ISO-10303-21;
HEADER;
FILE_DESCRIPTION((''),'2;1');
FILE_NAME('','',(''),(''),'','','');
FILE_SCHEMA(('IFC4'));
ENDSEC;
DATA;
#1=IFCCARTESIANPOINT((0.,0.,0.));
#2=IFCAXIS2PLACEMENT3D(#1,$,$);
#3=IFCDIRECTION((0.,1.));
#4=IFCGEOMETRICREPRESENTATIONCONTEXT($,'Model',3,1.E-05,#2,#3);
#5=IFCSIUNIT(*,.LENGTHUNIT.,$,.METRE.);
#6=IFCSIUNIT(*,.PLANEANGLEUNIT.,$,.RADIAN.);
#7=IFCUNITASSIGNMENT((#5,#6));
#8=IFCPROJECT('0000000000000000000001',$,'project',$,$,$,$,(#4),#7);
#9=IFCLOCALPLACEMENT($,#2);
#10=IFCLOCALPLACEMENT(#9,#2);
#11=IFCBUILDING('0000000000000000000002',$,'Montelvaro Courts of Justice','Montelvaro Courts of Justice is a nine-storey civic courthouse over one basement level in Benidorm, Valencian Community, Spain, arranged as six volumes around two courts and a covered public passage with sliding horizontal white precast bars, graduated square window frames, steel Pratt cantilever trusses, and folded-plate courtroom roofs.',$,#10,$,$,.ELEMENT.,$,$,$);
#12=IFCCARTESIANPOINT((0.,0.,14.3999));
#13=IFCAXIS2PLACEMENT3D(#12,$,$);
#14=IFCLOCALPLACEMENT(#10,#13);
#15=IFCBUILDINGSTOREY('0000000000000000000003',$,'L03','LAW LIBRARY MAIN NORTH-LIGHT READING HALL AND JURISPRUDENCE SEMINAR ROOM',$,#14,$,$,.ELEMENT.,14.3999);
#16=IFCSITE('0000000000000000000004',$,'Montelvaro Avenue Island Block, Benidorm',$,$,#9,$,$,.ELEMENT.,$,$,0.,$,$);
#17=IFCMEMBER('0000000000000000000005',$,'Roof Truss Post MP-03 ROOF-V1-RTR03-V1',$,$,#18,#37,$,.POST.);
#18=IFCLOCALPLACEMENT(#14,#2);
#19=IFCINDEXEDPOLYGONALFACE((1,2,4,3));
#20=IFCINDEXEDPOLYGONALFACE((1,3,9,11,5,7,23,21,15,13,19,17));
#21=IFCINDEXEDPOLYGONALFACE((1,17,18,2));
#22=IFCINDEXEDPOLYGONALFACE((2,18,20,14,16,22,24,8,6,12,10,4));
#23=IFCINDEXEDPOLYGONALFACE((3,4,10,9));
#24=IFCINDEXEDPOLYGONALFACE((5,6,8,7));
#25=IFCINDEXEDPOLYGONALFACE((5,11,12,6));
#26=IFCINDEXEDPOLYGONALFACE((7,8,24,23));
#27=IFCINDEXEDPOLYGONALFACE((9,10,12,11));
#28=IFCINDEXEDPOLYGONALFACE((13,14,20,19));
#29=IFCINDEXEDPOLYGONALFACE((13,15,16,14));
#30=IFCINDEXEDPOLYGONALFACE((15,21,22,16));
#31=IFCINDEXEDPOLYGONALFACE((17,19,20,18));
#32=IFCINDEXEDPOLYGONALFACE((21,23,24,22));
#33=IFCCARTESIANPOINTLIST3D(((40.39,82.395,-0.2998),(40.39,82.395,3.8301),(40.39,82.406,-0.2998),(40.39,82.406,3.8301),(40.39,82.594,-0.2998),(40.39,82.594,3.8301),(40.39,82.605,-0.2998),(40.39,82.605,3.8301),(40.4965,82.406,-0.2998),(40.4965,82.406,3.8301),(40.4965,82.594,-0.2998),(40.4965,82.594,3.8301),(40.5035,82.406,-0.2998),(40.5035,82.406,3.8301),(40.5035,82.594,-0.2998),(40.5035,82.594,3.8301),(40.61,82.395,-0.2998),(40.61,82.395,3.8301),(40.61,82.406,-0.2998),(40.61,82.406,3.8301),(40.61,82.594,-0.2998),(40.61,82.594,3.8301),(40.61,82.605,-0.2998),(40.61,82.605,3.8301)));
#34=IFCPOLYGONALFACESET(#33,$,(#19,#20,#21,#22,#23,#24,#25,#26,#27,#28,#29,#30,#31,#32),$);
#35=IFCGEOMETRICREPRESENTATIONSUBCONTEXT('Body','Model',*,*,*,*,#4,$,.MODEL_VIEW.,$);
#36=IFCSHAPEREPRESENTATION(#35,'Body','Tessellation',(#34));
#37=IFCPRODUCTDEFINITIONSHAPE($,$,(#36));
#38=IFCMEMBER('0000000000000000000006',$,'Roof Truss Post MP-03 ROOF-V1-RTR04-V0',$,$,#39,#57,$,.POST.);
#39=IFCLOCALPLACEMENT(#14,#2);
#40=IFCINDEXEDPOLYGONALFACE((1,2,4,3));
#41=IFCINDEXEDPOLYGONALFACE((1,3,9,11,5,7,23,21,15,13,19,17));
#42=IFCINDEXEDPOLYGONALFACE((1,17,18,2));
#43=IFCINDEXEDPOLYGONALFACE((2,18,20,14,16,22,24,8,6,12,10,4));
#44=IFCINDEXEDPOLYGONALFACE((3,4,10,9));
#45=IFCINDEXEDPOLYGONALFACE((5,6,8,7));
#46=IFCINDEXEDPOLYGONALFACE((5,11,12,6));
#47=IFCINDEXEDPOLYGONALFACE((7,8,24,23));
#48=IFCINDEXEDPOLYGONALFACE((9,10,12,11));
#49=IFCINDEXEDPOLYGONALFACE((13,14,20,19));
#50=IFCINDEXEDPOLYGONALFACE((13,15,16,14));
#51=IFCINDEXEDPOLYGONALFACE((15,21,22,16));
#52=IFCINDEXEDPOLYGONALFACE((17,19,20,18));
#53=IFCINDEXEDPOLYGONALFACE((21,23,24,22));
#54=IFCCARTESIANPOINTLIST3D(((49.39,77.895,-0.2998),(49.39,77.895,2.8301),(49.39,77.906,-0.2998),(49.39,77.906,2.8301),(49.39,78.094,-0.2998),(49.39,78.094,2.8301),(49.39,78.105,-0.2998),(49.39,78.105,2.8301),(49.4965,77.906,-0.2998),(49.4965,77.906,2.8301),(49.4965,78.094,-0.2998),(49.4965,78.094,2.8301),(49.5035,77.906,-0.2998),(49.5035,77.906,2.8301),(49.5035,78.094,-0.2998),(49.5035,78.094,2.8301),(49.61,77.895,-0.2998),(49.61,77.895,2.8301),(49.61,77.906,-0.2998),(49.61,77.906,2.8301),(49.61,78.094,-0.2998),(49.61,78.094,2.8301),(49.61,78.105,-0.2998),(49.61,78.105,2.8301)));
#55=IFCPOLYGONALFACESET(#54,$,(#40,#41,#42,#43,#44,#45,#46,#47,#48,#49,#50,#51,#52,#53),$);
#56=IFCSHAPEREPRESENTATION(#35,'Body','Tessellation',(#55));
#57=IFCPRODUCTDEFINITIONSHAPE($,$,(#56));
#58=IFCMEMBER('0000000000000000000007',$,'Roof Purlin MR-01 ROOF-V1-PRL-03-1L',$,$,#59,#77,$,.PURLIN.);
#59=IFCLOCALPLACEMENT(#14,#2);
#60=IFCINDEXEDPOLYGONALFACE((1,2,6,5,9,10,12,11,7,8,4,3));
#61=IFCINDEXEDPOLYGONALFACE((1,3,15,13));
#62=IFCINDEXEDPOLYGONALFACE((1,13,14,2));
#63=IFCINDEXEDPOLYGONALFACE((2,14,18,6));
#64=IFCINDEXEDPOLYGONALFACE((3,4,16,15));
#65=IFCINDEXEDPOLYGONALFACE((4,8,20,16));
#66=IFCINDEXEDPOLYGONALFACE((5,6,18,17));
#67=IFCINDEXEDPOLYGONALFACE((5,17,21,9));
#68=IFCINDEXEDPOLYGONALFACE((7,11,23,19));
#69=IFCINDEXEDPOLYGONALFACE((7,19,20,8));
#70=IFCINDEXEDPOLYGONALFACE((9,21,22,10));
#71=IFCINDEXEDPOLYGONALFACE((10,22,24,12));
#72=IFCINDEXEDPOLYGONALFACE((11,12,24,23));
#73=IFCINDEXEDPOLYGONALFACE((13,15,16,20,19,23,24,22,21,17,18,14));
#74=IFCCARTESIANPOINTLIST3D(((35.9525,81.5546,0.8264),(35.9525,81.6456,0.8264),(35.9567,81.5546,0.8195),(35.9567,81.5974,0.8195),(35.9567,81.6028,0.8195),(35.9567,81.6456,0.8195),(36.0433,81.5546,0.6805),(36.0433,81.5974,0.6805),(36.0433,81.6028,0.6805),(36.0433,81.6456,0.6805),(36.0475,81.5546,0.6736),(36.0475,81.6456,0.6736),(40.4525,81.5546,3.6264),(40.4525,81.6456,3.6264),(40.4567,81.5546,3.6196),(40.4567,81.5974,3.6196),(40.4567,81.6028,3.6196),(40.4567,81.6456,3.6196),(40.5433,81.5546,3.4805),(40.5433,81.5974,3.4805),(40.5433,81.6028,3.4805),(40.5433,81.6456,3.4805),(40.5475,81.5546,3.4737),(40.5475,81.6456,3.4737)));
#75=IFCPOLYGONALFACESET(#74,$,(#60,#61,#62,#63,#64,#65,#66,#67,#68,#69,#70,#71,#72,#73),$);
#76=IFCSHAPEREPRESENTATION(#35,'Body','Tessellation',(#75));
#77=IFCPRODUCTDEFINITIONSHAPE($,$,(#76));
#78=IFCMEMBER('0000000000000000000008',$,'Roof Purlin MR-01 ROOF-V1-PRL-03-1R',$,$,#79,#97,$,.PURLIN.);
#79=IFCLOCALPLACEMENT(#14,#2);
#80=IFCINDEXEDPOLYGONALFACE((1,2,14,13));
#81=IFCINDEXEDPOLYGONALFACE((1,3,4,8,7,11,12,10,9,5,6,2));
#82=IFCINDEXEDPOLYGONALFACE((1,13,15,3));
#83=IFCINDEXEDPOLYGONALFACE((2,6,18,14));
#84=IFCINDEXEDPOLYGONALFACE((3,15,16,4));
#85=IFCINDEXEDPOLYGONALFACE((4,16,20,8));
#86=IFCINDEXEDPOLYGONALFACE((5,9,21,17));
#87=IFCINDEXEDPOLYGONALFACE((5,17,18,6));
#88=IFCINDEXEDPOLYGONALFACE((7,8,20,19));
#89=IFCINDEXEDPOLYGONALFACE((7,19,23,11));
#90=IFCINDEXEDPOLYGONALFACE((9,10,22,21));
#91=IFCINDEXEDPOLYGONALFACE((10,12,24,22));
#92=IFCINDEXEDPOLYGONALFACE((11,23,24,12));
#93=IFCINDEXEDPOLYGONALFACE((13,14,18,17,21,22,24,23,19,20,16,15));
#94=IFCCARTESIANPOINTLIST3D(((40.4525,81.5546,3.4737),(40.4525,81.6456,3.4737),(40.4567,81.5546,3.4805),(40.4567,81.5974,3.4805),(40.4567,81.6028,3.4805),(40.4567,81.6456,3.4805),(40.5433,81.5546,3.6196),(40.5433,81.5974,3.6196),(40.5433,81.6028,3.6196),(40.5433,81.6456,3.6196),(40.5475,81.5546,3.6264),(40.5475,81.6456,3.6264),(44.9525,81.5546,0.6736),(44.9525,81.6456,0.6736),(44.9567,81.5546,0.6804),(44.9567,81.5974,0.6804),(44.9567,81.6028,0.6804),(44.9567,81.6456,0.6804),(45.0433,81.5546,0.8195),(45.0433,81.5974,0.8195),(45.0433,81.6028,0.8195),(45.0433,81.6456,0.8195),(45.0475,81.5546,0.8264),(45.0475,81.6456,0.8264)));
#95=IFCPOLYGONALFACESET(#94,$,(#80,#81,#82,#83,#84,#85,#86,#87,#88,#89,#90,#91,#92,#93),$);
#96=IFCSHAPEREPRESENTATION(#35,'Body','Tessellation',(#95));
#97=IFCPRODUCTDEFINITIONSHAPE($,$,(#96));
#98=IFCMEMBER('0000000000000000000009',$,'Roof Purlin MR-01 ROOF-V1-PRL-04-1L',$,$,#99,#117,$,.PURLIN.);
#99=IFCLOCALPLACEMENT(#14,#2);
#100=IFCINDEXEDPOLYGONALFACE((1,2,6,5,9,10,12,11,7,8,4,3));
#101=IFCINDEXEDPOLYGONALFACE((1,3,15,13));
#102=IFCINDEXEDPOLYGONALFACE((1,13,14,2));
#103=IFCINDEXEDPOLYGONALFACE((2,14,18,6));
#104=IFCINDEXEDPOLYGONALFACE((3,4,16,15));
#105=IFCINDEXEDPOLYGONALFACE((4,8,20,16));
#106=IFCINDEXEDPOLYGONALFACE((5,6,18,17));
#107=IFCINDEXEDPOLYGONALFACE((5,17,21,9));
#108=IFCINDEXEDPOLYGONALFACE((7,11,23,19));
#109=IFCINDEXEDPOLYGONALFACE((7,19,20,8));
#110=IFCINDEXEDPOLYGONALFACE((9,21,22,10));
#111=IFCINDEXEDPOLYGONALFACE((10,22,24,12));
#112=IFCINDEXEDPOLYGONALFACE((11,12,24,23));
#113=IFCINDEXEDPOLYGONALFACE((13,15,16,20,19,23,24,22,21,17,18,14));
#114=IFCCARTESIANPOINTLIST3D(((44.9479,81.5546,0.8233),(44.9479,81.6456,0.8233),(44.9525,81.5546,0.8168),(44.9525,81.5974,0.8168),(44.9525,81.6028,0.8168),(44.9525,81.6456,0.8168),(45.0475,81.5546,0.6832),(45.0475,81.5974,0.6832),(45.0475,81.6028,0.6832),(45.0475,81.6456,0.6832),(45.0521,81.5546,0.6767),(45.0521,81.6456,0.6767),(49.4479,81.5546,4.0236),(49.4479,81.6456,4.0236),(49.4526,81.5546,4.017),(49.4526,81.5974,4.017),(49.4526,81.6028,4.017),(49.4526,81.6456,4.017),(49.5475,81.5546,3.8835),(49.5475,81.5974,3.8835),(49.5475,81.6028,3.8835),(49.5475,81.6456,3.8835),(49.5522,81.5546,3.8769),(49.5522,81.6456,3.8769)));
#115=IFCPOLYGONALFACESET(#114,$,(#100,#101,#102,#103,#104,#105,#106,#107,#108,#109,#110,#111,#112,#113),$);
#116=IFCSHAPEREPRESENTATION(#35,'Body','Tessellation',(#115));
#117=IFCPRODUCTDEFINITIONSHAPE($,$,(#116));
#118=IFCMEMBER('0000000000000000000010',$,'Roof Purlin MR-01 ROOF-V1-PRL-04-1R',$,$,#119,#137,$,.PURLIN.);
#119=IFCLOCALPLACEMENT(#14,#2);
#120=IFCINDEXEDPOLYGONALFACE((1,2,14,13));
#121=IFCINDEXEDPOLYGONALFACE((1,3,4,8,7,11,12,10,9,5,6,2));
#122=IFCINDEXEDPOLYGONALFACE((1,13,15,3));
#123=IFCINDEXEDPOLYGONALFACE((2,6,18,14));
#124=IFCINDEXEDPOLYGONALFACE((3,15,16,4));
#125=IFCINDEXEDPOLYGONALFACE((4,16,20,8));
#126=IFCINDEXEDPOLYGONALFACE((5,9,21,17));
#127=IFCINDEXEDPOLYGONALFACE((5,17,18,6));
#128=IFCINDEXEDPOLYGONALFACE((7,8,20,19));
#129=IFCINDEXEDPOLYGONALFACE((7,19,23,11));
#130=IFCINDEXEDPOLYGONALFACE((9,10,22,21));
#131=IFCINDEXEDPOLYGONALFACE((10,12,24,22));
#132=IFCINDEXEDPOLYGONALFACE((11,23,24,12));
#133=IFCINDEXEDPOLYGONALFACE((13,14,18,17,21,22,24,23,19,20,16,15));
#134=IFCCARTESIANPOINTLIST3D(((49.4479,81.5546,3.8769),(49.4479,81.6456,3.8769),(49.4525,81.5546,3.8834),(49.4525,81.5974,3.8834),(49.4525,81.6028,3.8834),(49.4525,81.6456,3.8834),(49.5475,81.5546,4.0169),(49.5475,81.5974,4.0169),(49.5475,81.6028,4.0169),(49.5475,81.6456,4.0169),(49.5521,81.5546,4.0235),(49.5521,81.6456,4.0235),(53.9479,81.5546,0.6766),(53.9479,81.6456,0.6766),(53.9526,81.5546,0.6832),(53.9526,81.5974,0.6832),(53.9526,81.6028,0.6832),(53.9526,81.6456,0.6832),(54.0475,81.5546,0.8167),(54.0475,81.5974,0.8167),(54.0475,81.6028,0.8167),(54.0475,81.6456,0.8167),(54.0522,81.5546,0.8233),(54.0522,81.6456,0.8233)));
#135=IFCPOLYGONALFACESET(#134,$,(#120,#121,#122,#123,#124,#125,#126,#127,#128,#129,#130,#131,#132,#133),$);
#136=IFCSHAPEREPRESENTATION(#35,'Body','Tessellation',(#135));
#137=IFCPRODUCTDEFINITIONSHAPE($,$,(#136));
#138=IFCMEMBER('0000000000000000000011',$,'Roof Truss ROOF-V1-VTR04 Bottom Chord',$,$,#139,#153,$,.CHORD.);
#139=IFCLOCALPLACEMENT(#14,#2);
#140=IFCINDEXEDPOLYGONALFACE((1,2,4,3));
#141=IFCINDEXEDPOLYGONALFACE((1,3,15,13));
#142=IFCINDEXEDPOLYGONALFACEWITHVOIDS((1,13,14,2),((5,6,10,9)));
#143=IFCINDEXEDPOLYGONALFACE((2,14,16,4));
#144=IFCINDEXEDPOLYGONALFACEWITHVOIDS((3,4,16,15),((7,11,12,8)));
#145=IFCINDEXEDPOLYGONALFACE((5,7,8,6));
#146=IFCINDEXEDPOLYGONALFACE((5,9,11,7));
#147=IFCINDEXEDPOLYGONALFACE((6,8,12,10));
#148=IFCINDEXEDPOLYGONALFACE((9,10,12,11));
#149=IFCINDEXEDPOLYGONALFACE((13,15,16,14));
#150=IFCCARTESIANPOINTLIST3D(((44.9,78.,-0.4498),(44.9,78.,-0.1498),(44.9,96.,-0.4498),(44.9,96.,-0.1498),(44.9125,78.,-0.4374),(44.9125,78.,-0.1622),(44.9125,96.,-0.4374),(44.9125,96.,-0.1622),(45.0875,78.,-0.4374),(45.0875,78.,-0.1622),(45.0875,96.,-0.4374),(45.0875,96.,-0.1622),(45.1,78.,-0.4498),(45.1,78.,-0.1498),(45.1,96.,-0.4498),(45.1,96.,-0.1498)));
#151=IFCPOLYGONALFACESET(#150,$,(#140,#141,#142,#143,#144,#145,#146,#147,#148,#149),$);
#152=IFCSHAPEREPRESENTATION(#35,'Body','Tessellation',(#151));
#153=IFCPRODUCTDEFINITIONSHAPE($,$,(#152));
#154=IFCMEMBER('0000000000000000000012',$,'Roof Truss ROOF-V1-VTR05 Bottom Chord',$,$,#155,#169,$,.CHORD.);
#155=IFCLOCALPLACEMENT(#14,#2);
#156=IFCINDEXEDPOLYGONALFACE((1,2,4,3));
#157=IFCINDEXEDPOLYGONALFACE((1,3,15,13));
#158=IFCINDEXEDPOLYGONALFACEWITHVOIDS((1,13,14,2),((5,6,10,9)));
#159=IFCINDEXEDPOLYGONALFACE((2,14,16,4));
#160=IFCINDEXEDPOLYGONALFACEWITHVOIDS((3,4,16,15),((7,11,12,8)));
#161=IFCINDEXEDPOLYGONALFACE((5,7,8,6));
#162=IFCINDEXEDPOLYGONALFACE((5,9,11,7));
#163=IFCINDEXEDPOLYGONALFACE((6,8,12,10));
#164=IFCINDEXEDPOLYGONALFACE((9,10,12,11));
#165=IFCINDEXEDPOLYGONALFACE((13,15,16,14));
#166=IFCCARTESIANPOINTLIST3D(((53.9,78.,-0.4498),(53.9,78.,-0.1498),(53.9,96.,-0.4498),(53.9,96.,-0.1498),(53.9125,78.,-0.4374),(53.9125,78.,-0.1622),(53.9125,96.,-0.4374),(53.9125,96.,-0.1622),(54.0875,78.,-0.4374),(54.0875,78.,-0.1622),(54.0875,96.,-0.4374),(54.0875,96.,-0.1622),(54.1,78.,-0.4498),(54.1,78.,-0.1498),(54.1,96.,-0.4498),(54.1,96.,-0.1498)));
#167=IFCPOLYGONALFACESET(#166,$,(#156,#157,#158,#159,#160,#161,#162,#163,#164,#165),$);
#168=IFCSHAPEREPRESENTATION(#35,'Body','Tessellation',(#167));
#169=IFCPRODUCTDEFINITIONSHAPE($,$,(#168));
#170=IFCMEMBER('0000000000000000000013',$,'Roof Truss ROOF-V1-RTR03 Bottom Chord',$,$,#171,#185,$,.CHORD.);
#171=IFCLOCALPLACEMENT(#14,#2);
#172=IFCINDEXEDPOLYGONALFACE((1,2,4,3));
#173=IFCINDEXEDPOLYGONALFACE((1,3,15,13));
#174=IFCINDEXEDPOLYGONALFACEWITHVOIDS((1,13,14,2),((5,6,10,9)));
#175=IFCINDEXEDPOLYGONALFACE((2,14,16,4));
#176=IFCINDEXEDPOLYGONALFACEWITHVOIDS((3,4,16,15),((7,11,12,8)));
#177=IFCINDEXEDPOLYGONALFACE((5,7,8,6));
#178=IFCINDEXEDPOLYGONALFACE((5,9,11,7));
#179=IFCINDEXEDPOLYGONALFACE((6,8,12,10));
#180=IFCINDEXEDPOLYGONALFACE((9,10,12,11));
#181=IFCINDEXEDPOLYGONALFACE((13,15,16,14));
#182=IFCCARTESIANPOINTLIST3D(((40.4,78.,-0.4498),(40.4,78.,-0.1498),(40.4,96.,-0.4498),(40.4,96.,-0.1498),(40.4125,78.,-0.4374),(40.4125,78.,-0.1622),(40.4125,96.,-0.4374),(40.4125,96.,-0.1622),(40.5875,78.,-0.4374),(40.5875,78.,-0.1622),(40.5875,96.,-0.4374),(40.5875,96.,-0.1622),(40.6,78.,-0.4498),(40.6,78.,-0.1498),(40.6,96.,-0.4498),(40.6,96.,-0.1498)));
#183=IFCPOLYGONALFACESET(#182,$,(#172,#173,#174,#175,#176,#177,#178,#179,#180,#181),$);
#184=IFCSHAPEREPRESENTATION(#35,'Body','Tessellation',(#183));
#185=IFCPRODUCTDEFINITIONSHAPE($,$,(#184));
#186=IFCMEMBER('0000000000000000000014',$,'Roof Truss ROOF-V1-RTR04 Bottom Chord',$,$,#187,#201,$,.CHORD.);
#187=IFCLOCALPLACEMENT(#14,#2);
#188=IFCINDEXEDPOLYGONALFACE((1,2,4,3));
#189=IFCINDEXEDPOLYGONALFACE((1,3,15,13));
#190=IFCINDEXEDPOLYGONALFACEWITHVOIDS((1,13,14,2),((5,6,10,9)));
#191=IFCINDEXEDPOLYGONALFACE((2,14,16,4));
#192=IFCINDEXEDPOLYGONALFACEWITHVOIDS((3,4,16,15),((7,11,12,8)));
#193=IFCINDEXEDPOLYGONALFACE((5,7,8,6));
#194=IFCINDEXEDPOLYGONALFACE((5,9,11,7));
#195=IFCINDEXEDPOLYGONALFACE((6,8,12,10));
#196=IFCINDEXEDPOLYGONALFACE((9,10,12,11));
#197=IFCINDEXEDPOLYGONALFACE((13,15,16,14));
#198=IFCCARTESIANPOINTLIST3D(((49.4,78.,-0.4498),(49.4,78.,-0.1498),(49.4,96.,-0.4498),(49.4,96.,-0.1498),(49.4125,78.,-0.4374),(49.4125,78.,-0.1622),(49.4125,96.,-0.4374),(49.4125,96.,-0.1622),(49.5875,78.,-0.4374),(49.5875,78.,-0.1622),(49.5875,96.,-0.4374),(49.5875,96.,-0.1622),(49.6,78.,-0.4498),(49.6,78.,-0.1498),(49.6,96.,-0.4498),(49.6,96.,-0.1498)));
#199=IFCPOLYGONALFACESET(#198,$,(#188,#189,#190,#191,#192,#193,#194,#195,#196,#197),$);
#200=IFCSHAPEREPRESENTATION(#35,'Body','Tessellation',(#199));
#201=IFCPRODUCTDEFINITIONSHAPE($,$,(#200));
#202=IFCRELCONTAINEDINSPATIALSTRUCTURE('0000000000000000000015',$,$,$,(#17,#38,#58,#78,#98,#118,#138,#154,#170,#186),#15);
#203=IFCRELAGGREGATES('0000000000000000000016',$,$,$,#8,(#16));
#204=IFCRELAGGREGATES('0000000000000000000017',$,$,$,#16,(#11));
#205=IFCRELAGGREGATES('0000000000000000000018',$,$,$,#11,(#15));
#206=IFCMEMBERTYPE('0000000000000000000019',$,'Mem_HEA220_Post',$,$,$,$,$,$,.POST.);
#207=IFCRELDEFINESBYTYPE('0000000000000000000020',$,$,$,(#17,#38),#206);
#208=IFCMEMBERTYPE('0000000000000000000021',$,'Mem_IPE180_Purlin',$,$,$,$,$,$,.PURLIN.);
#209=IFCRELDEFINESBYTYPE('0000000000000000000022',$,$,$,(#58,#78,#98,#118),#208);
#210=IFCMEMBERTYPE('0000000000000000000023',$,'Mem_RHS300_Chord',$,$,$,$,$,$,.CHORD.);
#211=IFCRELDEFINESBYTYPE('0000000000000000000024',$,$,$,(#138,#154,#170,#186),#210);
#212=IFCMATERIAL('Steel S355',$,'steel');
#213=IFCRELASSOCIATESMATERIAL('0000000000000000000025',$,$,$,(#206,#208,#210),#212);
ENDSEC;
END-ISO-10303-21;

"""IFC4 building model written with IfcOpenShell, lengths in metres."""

from ifc_helpers import new_model, si_unit, direction, frame, origin, origin_2d, place, context, subcontext, project, spatial, hollow_rectangle, i_section, extrude, material, material_profile, profile_set, type_object, element, save


model = new_model("IFC4")

# Units and contexts
model_context = context("Model", 3, precision=1e-05, world=origin(), true_north=direction((0.0, 1.0)))
body_context = subcontext(model_context, "Body", "Model", "MODEL_VIEW")
ifc_project = project(units=[si_unit("LENGTHUNIT", "METRE"), si_unit("PLANEANGLEUNIT", "RADIAN")], contexts=[model_context])

# Site, building, storey
site_placement = place(None, origin())
site = spatial("IfcSite", under=ifc_project, at=site_placement, Name="Montelvaro Avenue Island Block, Benidorm", CompositionType="ELEMENT", RefElevation=0.0)
building_placement = place(site_placement, origin())
building = spatial("IfcBuilding", under=site, at=building_placement, Name="Montelvaro Courts of Justice", Description="Montelvaro Courts of Justice is a nine-storey civic courthouse over one basement level in Benidorm, Valencian Community, Spain, arranged as six volumes around two courts and a covered public passage with sliding horizontal white precast bars, graduated square window frames, steel Pratt cantilever trusses, and folded-plate courtroom roofs.", CompositionType="ELEMENT")
storey_placement = place(building_placement, frame((0.0, 0.0, 14.3999)))
storey = spatial("IfcBuildingStorey", under=building, at=storey_placement, Name="L03", Description="LAW LIBRARY MAIN NORTH-LIGHT READING HALL AND JURISPRUDENCE SEMINAR ROOM", CompositionType="ELEMENT", Elevation=14.3999)

# Members
ifc_material_1 = material(Name="Steel S355", Category="steel")
ifc_material_profile_1 = material_profile(ifc_material_1, i_section(OverallWidth=0.22, OverallDepth=0.21, WebThickness=0.0071, FlangeThickness=0.011, at=origin_2d()), Name="HEA 220")
ifc_profile_set_1 = profile_set([ifc_material_profile_1], Name="Steel S355")
member_type_1 = type_object("IfcMemberType", Name="Mem_HEA220_Post", PredefinedType="POST", material=ifc_profile_set_1)
member_1_placement = place(storey_placement, frame((40.5, 82.5, -0.2998), z_axis=(0.0, 0.0, 1.0), x_axis=(1.0, 0.0, 0.0)))
element("IfcMember", 1, at=member_1_placement, inside=storey, type_object=member_type_1, Name="Roof Truss Post MP-03 ROOF-V1-RTR03-V1", PredefinedType="POST", context=body_context, shape_type="SweptSolid", body=[
    extrude(i_section(OverallWidth=0.22, OverallDepth=0.21, WebThickness=0.0071, FlangeThickness=0.011, at=origin_2d()), origin(), (0.0, 0.0, 1.0), 4.1299),
])
member_2_placement = place(storey_placement, frame((49.5, 78.0, -0.2998), z_axis=(0.0, 0.0, 1.0), x_axis=(1.0, 0.0, 0.0)))
element("IfcMember", 2, at=member_2_placement, inside=storey, type_object=member_type_1, Name="Roof Truss Post MP-03 ROOF-V1-RTR04-V0", PredefinedType="POST", context=body_context, shape_type="SweptSolid", body=[
    extrude(i_section(OverallWidth=0.22, OverallDepth=0.21, WebThickness=0.0071, FlangeThickness=0.011, at=origin_2d()), origin(), (0.0, 0.0, 1.0), 3.1299),
])
ifc_material_profile_2 = material_profile(ifc_material_1, i_section(OverallWidth=0.0911, OverallDepth=0.1799, WebThickness=0.0054, FlangeThickness=0.0081, at=origin_2d()), Name="IPE 180")
ifc_profile_set_2 = profile_set([ifc_material_profile_2], Name="Steel S355")
member_type_2 = type_object("IfcMemberType", Name="Mem_IPE180_Purlin", PredefinedType="PURLIN", material=ifc_profile_set_2)
for number, where, z_axis, x_axis, name in (
    (3, (36.0, 81.6001, 0.75), (0.849052, 0.0, 0.528309), (0.0, 1.0, 0.0), "Roof Purlin MR-01 ROOF-V1-PRL-03-1L"),
    (4, (40.5, 81.6001, 3.55), (0.849052, 0.0, -0.528309), (0.0, 1.0, 0.0), "Roof Purlin MR-01 ROOF-V1-PRL-03-1R"),
):
    element("IfcMember", number, at=place(storey_placement, frame(where, z_axis=z_axis, x_axis=x_axis)), inside=storey, type_object=member_type_2, Name=name, PredefinedType="PURLIN", context=body_context, shape_type="SweptSolid", body=[
        extrude(i_section(OverallWidth=0.0911, OverallDepth=0.1799, WebThickness=0.0054, FlangeThickness=0.0081, at=origin_2d()), origin(), (0.0, 0.0, 1.0), 5.3),
    ])
for number, where, z_axis, x_axis, name in (
    (5, (45.0, 81.6001, 0.75), (0.814939, 0.0, 0.579547), (0.0, 1.0, 0.0), "Roof Purlin MR-01 ROOF-V1-PRL-04-1L"),
    (6, (49.5, 81.6001, 3.9502), (0.814939, 0.0, -0.579547), (0.0, 1.0, 0.0), "Roof Purlin MR-01 ROOF-V1-PRL-04-1R"),
):
    element("IfcMember", number, at=place(storey_placement, frame(where, z_axis=z_axis, x_axis=x_axis)), inside=storey, type_object=member_type_2, Name=name, PredefinedType="PURLIN", context=body_context, shape_type="SweptSolid", body=[
        extrude(i_section(OverallWidth=0.0911, OverallDepth=0.1799, WebThickness=0.0054, FlangeThickness=0.0081, at=origin_2d()), origin(), (0.0, 0.0, 1.0), 5.522),
    ])
ifc_material_profile_3 = material_profile(ifc_material_1, hollow_rectangle(XDim=0.2, YDim=0.3, WallThickness=0.0125, at=origin_2d()), Name="RHS 300x200x12.5")
ifc_profile_set_3 = profile_set([ifc_material_profile_3], Name="Steel S355")
member_type_3 = type_object("IfcMemberType", Name="Mem_RHS300_Chord", PredefinedType="CHORD", material=ifc_profile_set_3)
for number, where, z_axis, x_axis, name in (
    (7, (45.0, 78.0, -0.2998), (0.0, 1.0, 0.0), (-1.0, 0.0, 0.0), "Roof Truss ROOF-V1-VTR04 Bottom Chord"),
    (8, (54.0, 78.0, -0.2998), (0.0, 1.0, 0.0), (-1.0, 0.0, 0.0), "Roof Truss ROOF-V1-VTR05 Bottom Chord"),
    (9, (40.5, 78.0, -0.2998), (0.0, 1.0, 0.0), (-1.0, 0.0, 0.0), "Roof Truss ROOF-V1-RTR03 Bottom Chord"),
    (10, (49.5, 78.0, -0.2998), (0.0, 1.0, 0.0), (-1.0, 0.0, 0.0), "Roof Truss ROOF-V1-RTR04 Bottom Chord"),
):
    element("IfcMember", number, at=place(storey_placement, frame(where, z_axis=z_axis, x_axis=x_axis)), inside=storey, type_object=member_type_3, Name=name, PredefinedType="CHORD", context=body_context, shape_type="SweptSolid", body=[
        extrude(hollow_rectangle(XDim=0.2, YDim=0.3, WallThickness=0.0125, at=origin_2d()), origin(), (0.0, 0.0, 1.0), 18.0),
    ])

save(model, "model.ifc")
